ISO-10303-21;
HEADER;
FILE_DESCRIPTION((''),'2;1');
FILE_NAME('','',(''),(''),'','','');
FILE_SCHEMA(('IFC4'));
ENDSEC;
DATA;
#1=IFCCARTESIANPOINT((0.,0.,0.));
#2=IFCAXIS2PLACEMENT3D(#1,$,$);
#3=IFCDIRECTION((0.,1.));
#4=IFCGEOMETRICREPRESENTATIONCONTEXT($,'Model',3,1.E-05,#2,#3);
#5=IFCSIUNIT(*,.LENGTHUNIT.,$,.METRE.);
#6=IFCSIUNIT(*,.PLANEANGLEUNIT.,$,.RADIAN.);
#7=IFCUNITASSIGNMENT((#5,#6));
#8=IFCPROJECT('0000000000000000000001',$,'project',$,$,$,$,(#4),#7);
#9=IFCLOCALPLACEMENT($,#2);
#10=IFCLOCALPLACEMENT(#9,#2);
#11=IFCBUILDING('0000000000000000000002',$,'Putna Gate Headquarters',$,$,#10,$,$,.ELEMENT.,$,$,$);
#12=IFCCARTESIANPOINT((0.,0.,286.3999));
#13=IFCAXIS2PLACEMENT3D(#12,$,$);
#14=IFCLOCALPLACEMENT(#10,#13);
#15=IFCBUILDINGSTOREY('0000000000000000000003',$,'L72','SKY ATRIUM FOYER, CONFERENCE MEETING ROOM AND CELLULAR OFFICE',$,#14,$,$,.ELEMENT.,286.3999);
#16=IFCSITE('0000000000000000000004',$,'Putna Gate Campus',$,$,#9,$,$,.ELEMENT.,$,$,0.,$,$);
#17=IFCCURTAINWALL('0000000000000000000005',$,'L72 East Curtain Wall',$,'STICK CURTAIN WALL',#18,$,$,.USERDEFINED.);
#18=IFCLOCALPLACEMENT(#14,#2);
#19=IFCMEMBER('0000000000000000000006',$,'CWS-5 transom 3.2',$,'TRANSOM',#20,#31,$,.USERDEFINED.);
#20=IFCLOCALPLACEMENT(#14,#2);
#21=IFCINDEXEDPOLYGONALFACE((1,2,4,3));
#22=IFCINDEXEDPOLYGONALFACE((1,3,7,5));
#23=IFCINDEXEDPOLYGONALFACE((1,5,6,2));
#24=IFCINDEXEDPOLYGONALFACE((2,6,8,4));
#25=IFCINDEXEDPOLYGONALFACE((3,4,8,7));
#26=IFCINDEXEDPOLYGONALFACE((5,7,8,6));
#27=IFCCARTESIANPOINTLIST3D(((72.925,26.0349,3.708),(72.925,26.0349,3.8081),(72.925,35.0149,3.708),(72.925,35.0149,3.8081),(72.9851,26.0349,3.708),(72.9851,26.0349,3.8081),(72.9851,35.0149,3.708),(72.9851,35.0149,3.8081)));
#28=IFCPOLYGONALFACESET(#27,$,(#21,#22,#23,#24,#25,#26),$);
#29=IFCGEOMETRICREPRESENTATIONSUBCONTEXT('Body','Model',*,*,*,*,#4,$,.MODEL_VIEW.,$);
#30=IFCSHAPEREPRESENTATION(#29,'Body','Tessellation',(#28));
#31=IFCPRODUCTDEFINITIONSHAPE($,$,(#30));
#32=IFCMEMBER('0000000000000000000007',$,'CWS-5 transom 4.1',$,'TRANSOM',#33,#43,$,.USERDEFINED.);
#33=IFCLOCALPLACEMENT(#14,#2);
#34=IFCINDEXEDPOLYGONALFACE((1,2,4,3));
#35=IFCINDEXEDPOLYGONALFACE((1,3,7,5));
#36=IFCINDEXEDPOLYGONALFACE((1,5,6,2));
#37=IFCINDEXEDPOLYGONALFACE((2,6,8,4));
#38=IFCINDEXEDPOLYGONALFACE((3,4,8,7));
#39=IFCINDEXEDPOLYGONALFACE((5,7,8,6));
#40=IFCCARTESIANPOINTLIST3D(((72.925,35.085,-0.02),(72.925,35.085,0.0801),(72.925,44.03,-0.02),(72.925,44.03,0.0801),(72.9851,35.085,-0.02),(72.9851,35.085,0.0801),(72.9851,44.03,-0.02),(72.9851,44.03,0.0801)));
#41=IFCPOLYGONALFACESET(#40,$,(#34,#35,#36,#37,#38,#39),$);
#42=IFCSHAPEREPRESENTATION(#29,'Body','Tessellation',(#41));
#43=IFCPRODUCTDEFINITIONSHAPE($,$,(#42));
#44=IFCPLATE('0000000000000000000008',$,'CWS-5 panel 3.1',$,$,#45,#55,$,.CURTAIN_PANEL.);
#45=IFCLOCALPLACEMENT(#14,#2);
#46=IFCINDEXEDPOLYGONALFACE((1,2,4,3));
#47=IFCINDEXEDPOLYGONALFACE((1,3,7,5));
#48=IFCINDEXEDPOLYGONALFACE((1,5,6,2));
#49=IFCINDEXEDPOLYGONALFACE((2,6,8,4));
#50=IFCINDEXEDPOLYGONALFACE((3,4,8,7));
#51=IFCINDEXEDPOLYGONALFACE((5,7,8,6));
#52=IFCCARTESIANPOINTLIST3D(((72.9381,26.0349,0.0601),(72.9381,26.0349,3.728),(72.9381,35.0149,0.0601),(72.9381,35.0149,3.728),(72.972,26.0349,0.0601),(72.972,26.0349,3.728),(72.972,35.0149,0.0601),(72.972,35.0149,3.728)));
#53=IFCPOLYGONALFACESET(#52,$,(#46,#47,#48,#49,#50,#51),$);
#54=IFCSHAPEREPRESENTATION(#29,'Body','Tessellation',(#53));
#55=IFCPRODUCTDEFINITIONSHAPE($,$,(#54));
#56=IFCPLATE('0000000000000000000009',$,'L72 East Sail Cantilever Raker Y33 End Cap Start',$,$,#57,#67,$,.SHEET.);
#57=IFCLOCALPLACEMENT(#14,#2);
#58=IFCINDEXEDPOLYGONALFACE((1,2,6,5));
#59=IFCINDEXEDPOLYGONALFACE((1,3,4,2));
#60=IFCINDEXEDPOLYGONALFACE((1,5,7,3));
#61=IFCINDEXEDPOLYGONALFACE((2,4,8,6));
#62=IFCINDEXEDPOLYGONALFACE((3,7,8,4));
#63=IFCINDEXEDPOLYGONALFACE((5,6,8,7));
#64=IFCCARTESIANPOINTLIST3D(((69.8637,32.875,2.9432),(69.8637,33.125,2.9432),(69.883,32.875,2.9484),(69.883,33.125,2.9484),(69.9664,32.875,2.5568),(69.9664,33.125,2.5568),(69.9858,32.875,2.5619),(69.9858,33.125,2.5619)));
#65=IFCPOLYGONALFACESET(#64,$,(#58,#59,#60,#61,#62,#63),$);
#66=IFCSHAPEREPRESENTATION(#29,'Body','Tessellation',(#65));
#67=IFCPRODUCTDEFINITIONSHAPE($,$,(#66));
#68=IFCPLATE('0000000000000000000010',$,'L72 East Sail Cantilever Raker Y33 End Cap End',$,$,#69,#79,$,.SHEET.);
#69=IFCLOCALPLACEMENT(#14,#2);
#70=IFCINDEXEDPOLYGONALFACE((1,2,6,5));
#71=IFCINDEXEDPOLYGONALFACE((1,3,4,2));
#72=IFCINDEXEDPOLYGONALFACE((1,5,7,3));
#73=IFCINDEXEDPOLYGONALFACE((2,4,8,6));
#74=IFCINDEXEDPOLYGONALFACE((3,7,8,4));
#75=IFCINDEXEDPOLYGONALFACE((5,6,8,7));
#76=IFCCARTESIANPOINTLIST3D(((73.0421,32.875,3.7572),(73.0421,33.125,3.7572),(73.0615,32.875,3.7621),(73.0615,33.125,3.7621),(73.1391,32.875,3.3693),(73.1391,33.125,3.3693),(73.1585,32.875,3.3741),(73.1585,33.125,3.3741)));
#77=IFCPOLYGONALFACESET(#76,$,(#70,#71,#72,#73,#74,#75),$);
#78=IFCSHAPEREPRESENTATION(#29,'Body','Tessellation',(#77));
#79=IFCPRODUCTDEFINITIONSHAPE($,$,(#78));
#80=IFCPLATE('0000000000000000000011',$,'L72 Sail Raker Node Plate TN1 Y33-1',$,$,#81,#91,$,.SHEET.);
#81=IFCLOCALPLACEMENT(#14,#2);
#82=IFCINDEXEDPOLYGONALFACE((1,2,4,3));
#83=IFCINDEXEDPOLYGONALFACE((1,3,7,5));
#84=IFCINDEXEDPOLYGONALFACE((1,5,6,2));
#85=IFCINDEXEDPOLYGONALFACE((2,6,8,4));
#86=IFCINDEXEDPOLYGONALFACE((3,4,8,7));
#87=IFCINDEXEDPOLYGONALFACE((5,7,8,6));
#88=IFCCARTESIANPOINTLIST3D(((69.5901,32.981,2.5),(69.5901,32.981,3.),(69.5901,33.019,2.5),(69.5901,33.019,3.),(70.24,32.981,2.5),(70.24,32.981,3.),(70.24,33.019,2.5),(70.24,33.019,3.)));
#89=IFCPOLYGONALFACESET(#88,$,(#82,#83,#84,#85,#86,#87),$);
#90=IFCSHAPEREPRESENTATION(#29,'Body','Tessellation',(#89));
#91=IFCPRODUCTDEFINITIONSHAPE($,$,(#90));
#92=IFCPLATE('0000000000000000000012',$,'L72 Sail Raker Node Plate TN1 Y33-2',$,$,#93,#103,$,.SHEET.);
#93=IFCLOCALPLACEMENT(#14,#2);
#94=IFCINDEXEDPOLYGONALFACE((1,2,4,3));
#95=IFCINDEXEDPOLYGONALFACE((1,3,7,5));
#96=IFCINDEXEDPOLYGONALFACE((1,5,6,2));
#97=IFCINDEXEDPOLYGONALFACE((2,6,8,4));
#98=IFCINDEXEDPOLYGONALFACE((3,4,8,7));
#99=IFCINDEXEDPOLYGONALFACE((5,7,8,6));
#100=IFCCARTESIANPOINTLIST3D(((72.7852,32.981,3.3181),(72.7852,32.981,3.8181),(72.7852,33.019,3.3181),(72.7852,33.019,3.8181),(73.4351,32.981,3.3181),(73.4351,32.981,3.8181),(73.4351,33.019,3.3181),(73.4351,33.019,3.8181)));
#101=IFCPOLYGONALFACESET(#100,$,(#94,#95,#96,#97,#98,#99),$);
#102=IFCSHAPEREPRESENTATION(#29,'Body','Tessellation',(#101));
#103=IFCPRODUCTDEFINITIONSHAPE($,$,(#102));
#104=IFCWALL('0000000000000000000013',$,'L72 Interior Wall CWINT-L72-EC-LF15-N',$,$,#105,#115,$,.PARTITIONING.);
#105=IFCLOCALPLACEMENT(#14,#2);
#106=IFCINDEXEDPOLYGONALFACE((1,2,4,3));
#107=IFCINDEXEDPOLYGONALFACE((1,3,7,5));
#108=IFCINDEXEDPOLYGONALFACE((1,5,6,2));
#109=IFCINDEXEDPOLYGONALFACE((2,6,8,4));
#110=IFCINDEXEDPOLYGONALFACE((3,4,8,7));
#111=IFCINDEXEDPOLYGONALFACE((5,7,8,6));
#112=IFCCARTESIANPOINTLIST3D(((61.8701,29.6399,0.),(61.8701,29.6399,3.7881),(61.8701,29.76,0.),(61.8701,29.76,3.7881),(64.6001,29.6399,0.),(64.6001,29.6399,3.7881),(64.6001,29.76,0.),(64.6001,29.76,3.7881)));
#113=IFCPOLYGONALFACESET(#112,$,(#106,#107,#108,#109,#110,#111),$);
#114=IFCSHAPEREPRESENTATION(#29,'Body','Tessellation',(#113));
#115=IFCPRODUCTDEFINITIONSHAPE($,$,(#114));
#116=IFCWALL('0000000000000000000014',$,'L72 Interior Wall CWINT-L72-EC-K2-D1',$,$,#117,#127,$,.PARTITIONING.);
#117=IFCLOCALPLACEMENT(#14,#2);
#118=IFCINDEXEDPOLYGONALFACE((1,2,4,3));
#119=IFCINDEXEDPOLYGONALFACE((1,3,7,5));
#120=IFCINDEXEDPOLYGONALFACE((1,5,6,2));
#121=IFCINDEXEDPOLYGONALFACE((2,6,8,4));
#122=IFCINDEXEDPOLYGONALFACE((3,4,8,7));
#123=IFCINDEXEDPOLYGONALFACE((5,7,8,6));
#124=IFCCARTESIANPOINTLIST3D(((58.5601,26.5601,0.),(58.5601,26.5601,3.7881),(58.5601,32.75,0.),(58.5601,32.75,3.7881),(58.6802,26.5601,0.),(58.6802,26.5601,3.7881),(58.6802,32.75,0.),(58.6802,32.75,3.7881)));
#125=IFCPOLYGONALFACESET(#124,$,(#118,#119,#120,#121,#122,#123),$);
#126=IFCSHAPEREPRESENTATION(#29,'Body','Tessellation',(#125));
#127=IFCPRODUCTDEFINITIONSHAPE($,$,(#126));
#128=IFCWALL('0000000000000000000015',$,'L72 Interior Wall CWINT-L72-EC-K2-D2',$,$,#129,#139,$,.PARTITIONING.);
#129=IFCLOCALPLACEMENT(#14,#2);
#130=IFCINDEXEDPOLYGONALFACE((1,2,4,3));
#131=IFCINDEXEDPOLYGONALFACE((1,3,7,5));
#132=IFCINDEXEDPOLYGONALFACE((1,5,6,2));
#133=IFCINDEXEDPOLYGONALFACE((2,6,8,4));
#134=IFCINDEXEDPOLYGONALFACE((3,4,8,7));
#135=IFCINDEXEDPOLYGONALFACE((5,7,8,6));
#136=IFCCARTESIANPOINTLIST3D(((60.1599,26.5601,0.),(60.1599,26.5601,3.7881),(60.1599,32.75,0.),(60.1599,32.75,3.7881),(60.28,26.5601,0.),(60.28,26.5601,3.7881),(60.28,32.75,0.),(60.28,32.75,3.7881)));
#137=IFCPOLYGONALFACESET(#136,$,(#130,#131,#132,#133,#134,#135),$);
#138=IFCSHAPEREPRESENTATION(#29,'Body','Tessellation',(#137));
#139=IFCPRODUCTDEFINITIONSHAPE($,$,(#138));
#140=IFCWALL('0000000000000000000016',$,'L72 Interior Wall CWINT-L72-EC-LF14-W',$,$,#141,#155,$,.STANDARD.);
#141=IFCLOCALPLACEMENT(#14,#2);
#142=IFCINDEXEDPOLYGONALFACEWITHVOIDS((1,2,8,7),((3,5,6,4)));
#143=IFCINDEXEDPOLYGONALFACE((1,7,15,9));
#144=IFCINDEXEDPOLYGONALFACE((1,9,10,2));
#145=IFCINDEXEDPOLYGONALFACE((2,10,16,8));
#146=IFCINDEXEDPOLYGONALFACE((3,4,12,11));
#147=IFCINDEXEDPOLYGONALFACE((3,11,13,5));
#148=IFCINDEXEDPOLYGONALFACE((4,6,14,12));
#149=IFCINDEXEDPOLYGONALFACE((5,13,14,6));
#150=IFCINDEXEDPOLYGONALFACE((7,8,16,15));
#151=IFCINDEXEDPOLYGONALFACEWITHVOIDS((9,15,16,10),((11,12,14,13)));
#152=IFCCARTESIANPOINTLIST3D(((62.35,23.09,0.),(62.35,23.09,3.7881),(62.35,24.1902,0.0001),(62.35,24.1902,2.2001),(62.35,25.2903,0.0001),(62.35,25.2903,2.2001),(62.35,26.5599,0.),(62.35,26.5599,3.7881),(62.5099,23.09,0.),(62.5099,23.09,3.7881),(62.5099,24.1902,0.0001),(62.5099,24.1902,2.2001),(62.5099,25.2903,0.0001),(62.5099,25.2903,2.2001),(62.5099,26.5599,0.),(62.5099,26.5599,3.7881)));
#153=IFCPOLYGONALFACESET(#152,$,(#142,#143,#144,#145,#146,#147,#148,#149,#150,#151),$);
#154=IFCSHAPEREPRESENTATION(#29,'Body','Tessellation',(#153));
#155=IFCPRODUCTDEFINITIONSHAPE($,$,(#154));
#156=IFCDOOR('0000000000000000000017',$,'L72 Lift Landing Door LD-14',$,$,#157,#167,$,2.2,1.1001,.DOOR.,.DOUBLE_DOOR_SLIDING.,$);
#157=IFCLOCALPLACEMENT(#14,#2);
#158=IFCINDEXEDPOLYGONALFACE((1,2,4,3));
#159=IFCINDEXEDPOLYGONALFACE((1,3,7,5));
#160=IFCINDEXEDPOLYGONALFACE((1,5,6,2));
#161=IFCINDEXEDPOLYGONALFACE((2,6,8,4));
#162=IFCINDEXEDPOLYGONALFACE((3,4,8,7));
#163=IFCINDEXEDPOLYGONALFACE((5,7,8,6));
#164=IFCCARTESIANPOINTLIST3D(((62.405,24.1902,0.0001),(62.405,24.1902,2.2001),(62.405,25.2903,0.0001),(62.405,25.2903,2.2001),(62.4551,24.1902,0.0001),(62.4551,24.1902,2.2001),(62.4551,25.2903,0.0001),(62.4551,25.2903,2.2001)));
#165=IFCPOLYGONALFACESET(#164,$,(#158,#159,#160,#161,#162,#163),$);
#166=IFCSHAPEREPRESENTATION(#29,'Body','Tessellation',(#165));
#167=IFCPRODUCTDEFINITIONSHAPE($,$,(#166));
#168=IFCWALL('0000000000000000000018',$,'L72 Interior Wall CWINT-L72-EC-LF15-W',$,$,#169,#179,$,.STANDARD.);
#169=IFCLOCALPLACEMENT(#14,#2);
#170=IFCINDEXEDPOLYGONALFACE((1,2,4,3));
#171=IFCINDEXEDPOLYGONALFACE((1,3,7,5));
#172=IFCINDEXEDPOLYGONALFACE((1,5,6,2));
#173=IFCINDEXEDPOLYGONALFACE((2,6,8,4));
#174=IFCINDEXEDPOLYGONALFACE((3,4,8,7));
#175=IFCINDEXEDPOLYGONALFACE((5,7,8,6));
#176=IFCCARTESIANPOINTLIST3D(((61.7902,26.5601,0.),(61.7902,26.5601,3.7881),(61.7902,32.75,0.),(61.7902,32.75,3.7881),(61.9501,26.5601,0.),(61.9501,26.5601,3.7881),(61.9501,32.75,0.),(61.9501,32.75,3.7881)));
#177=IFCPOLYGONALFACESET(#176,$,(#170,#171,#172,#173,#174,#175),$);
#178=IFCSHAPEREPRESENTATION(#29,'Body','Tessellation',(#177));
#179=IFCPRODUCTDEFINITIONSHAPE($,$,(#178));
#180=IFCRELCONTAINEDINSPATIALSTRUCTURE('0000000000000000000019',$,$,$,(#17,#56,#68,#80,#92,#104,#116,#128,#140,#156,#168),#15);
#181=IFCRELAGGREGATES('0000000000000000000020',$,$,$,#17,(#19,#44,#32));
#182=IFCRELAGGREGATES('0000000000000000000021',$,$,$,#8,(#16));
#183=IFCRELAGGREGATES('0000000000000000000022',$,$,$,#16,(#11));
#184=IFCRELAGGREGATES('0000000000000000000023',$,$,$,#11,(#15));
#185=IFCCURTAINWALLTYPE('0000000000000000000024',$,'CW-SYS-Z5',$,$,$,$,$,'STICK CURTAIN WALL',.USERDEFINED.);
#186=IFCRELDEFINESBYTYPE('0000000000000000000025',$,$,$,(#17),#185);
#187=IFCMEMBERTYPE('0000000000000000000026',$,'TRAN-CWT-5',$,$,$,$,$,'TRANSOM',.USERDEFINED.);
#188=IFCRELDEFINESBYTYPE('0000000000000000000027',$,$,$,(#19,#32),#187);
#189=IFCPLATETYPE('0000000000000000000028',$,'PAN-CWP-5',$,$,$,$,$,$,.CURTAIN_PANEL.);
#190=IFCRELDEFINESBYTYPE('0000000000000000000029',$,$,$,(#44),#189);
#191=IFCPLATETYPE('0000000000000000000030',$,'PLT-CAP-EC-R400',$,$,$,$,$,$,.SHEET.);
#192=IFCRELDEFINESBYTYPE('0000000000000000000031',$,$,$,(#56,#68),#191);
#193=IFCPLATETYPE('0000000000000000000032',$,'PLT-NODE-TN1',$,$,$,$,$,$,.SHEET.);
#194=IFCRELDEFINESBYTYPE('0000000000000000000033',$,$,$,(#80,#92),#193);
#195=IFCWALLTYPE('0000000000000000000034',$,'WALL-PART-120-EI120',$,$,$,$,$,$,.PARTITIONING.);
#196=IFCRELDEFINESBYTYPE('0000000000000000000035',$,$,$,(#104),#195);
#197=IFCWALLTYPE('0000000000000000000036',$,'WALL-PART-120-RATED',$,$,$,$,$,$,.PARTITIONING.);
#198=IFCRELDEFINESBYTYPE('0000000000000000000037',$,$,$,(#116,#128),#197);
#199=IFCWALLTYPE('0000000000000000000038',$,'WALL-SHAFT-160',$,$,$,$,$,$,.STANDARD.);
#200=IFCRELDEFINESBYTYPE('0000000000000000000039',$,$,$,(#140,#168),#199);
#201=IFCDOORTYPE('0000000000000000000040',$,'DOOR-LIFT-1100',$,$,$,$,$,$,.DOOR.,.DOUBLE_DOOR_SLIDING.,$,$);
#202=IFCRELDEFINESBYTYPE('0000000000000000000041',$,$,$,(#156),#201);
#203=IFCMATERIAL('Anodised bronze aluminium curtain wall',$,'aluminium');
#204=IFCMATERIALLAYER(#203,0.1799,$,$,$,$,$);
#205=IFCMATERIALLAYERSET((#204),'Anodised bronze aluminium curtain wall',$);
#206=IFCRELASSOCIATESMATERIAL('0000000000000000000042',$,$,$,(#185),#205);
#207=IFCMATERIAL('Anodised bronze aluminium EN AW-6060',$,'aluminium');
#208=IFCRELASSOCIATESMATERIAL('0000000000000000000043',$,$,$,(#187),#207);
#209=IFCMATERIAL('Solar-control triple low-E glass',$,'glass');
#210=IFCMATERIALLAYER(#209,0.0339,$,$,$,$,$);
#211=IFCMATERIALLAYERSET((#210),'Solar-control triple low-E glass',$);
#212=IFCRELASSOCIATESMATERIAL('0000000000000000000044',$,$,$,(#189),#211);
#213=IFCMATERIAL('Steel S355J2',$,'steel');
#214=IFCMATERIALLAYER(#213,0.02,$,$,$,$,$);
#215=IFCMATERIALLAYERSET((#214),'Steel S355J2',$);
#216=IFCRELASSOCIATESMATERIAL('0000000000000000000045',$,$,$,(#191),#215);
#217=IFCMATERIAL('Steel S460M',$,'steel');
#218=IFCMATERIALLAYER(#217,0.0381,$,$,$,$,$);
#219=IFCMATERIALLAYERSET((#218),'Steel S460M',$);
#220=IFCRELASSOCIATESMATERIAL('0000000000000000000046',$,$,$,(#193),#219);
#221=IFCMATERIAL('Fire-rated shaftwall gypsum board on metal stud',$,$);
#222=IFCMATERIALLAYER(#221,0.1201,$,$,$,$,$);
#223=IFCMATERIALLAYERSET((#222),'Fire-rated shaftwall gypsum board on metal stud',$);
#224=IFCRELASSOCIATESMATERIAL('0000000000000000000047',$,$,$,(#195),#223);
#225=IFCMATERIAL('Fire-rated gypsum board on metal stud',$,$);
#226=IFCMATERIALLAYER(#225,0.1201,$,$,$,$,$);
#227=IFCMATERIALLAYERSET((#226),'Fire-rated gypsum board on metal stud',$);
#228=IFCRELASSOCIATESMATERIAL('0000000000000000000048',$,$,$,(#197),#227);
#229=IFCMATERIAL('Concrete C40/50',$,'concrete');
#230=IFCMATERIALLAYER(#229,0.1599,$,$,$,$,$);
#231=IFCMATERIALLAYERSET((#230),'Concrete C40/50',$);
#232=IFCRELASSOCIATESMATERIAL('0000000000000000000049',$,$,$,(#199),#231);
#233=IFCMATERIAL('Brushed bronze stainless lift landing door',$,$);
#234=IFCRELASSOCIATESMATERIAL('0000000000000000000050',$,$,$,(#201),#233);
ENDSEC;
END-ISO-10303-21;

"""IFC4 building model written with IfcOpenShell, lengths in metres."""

from ifc_helpers import new_model, si_unit, direction, frame, frame_2d, origin, origin_2d, place, context, subcontext, project, spatial, rectangle, extrude, material, layer, layer_set, material_profile, profile_set, type_object, element, fill, aggregate, save


model = new_model("IFC4")

# Units and contexts
model_context = context("Model", 3, precision=1e-05, world=origin(), true_north=direction((0.0, 1.0)))
body_context = subcontext(model_context, "Body", "Model", "MODEL_VIEW")
ifc_project = project(units=[si_unit("LENGTHUNIT", "METRE"), si_unit("PLANEANGLEUNIT", "RADIAN")], contexts=[model_context])

# Site, building, storey
site_placement = place(None, origin())
site = spatial("IfcSite", under=ifc_project, at=site_placement, Name="Putna Gate Campus", CompositionType="ELEMENT", RefElevation=0.0)
building_placement = place(site_placement, origin())
building = spatial("IfcBuilding", under=site, at=building_placement, Name="Putna Gate Headquarters", CompositionType="ELEMENT")
storey_placement = place(building_placement, frame((0.0, 0.0, 286.3999)))
storey = spatial("IfcBuildingStorey", under=building, at=storey_placement, Name="L72", Description="SKY ATRIUM FOYER, CONFERENCE MEETING ROOM AND CELLULAR OFFICE", CompositionType="ELEMENT", Elevation=286.3999)

# Shared definitions
ifc_material_1 = material(Name="Steel S460M", Category="steel")

# Shared definitions
ifc_material_2 = material(Name="Steel S355J2", Category="steel")

# Curtain wall, members, plate
ifc_material_3 = material(Name="Anodised bronze aluminium curtain wall", Category="aluminium")
ifc_layer_1 = layer(ifc_material_3, 0.1799)
ifc_layer_set_1 = layer_set([ifc_layer_1], Name="Anodised bronze aluminium curtain wall")
curtain_wall_type = type_object("IfcCurtainWallType", Name="CW-SYS-Z5", ElementType="STICK CURTAIN WALL", PredefinedType="USERDEFINED", material=ifc_layer_set_1)
curtain_wall_placement = place(storey_placement, origin())
curtain_wall = element("IfcCurtainWall", 1, at=curtain_wall_placement, inside=storey, type_object=curtain_wall_type, Name="L72 East Curtain Wall", ObjectType="STICK CURTAIN WALL", PredefinedType="USERDEFINED")
ifc_material_4 = material(Name="Anodised bronze aluminium EN AW-6060", Category="aluminium")
ifc_material_profile_1 = material_profile(ifc_material_4, rectangle(XDim=0.0601, YDim=0.1001, at=origin_2d()), Name="Anodised bronze aluminium EN AW-6060")
ifc_profile_set_1 = profile_set([ifc_material_profile_1], Name="Anodised bronze aluminium EN AW-6060")
member_type_1 = type_object("IfcMemberType", Name="TRAN-CWT-5", ElementType="TRANSOM", PredefinedType="USERDEFINED", material=ifc_profile_set_1)
member_1_placement = place(storey_placement, frame((72.9551, 26.0349, 3.7581), z_axis=(0.0, 1.0, 0.0), x_axis=(-1.0, 0.0, 0.0)))
member_1 = element("IfcMember", 2, at=member_1_placement, type_object=member_type_1, Name="CWS-5 transom 3.2", ObjectType="TRANSOM", PredefinedType="USERDEFINED", context=body_context, shape_type="SweptSolid", body=[
    extrude(rectangle(XDim=0.0601, YDim=0.1001, at=origin_2d()), origin(), (0.0, 0.0, 1.0), 8.98),
])
member_2_placement = place(storey_placement, frame((72.9551, 35.085, 0.03), z_axis=(0.0, 1.0, 0.0), x_axis=(-1.0, 0.0, 0.0)))
member_2 = element("IfcMember", 3, at=member_2_placement, type_object=member_type_1, Name="CWS-5 transom 4.1", ObjectType="TRANSOM", PredefinedType="USERDEFINED", context=body_context, shape_type="SweptSolid", body=[
    extrude(rectangle(XDim=0.0601, YDim=0.1001, at=origin_2d()), origin(), (0.0, 0.0, 1.0), 8.9451),
])
ifc_material_5 = material(Name="Solar-control triple low-E glass", Category="glass")
ifc_layer_2 = layer(ifc_material_5, 0.0339)
ifc_layer_set_2 = layer_set([ifc_layer_2], Name="Solar-control triple low-E glass")
plate_type_1 = type_object("IfcPlateType", Name="PAN-CWP-5", PredefinedType="CURTAIN_PANEL", material=ifc_layer_set_2)
plate_placement = place(storey_placement, frame((72.9551, 30.5249, 0.0601), z_axis=(0.0, 0.0, 1.0), x_axis=(0.0, 1.0, 0.0)))
plate = element("IfcPlate", 4, at=plate_placement, type_object=plate_type_1, Name="CWS-5 panel 3.1", PredefinedType="CURTAIN_PANEL", context=body_context, shape_type="SweptSolid", body=[
    extrude(rectangle(XDim=8.98, YDim=0.0339, at=origin_2d()), origin(), (0.0, 0.0, 1.0), 3.668),
])
aggregate(curtain_wall, [member_1, plate, member_2])

# Plates
ifc_layer_3 = layer(ifc_material_2, 0.02)
ifc_layer_set_3 = layer_set([ifc_layer_3], Name="Steel S355J2")
plate_type_2 = type_object("IfcPlateType", Name="PLT-CAP-EC-R400", PredefinedType="SHEET", material=ifc_layer_set_3)
for number, where, z_axis, x_axis, name in (
    (5, (69.915, 33.0, 2.75), (0.966438, 0.0, 0.256901), (0.0, 1.0, 0.0), "L72 East Sail Cantilever Raker Y33 End Cap Start"),
    (6, (73.0906, 33.0, 3.5632), (0.970143, 0.0, 0.242536), (0.0, 1.0, 0.0), "L72 East Sail Cantilever Raker Y33 End Cap End"),
):
    element("IfcPlate", number, at=place(storey_placement, frame(where, z_axis=z_axis, x_axis=x_axis)), inside=storey, type_object=plate_type_2, Name=name, PredefinedType="SHEET", context=body_context, shape_type="SweptSolid", body=[
        extrude(rectangle(XDim=0.25, YDim=0.3999, at=origin_2d()), origin(), (0.0, 0.0, 1.0), 0.02),
    ])
ifc_layer_4 = layer(ifc_material_1, 0.0381)
ifc_layer_set_4 = layer_set([ifc_layer_4], Name="Steel S460M")
plate_type_3 = type_object("IfcPlateType", Name="PLT-NODE-TN1", PredefinedType="SHEET", material=ifc_layer_set_4)
for number, where, z_axis, x_axis, name in (
    (7, (69.915, 33.0, 2.5), (0.0, 0.0, 1.0), (1.0, 0.0, 0.0), "L72 Sail Raker Node Plate TN1 Y33-1"),
    (8, (73.1101, 33.0, 3.3181), (0.0, 0.0, 1.0), (1.0, 0.0, 0.0), "L72 Sail Raker Node Plate TN1 Y33-2"),
):
    element("IfcPlate", number, at=place(storey_placement, frame(where, z_axis=z_axis, x_axis=x_axis)), inside=storey, type_object=plate_type_3, Name=name, PredefinedType="SHEET", context=body_context, shape_type="SweptSolid", body=[
        extrude(rectangle(XDim=0.6499, YDim=0.0381, at=origin_2d()), origin(), (0.0, 0.0, 1.0), 0.5),
    ])

# Walls
ifc_material_6 = material(Name="Fire-rated shaftwall gypsum board on metal stud")
ifc_layer_5 = layer(ifc_material_6, 0.1201)
ifc_layer_set_5 = layer_set([ifc_layer_5], Name="Fire-rated shaftwall gypsum board on metal stud")
wall_type_1 = type_object("IfcWallType", Name="WALL-PART-120-EI120", PredefinedType="PARTITIONING", material=ifc_layer_set_5)
wall_1_placement = place(storey_placement, frame((61.8701, 29.7, 0.0), z_axis=(0.0, 0.0, 1.0), x_axis=(1.0, 0.0, 0.0)))
element("IfcWall", 9, at=wall_1_placement, inside=storey, type_object=wall_type_1, Name="L72 Interior Wall CWINT-L72-EC-LF15-N", PredefinedType="PARTITIONING", context=body_context, shape_type="SweptSolid", body=[
    extrude(rectangle(XDim=2.73, YDim=0.1201, at=frame_2d((1.365, 0.0))), origin(), (0.0, 0.0, 1.0), 3.7881),
])
ifc_material_7 = material(Name="Fire-rated gypsum board on metal stud")
ifc_layer_6 = layer(ifc_material_7, 0.1201)
ifc_layer_set_6 = layer_set([ifc_layer_6], Name="Fire-rated gypsum board on metal stud")
wall_type_2 = type_object("IfcWallType", Name="WALL-PART-120-RATED", PredefinedType="PARTITIONING", material=ifc_layer_set_6)
for number, where, z_axis, x_axis, name in (
    (10, (58.6201, 26.5601, 0.0), (0.0, 0.0, 1.0), (0.0, 1.0, 0.0), "L72 Interior Wall CWINT-L72-EC-K2-D1"),
    (11, (60.22, 26.5601, 0.0), (0.0, 0.0, 1.0), (0.0, 1.0, 0.0), "L72 Interior Wall CWINT-L72-EC-K2-D2"),
):
    element("IfcWall", number, at=place(storey_placement, frame(where, z_axis=z_axis, x_axis=x_axis)), inside=storey, type_object=wall_type_2, Name=name, PredefinedType="PARTITIONING", context=body_context, shape_type="SweptSolid", body=[
        extrude(rectangle(XDim=6.1899, YDim=0.1201, at=frame_2d((3.095, 0.0))), origin(), (0.0, 0.0, 1.0), 3.7881),
    ])

# Wall, opening, door
ifc_material_8 = material(Name="Concrete C40/50", Category="concrete")
ifc_layer_7 = layer(ifc_material_8, 0.1599)
ifc_layer_set_7 = layer_set([ifc_layer_7], Name="Concrete C40/50")
wall_type_3 = type_object("IfcWallType", Name="WALL-SHAFT-160", PredefinedType="STANDARD", material=ifc_layer_set_7)
wall_2_placement = place(storey_placement, frame((62.4299, 23.0901, 0.0), z_axis=(0.0, 0.0, 1.0), x_axis=(0.0, 1.0, 0.0)))
wall_2 = element("IfcWall", 12, at=wall_2_placement, inside=storey, type_object=wall_type_3, Name="L72 Interior Wall CWINT-L72-EC-LF14-W", PredefinedType="STANDARD", context=body_context, shape_type="SweptSolid", body=[
    extrude(rectangle(XDim=3.47, YDim=0.1599, at=frame_2d((1.7349, 0.0))), origin(), (0.0, 0.0, 1.0), 3.7881),
])
opening_placement = place(wall_2_placement, frame((1.1001, 0.0, 0.0)))
opening = element("IfcOpeningElement", 13, at=opening_placement, cuts=wall_2, PredefinedType="OPENING", context=body_context, shape_type="SweptSolid", body=[
    extrude(rectangle(XDim=1.1001, YDim=2.2, at=frame_2d((0.55, 1.1001))), frame((0.0, 0.0898, 0.0), z_axis=(0.0, -1.0, 0.0), x_axis=(1.0, 0.0, 0.0)), (0.0, 0.0, 1.0), 0.1799),
])
ifc_material_9 = material(Name="Brushed bronze stainless lift landing door")
door_type = type_object("IfcDoorType", Name="DOOR-LIFT-1100", OperationType="DOUBLE_DOOR_SLIDING", PredefinedType="DOOR", material=ifc_material_9)
door_placement = place(opening_placement, origin())
door = element("IfcDoor", 14, at=door_placement, inside=storey, type_object=door_type, Name="L72 Lift Landing Door LD-14", OperationType="DOUBLE_DOOR_SLIDING", OverallHeight=2.2, OverallWidth=1.1001, PredefinedType="DOOR", context=body_context, shape_type="SweptSolid", body=[
    extrude(rectangle(XDim=1.1001, YDim=2.2, at=frame_2d((0.55, 1.1001))), frame((0.0, 0.0249, 0.0), z_axis=(0.0, -1.0, 0.0), x_axis=(1.0, 0.0, 0.0)), (0.0, 0.0, 1.0), 0.05),
])
fill(opening, door)

# Wall
wall_3_placement = place(storey_placement, frame((61.8701, 26.5601, 0.0), z_axis=(0.0, 0.0, 1.0), x_axis=(0.0, 1.0, 0.0)))
element("IfcWall", 15, at=wall_3_placement, inside=storey, type_object=wall_type_3, Name="L72 Interior Wall CWINT-L72-EC-LF15-W", PredefinedType="STANDARD", context=body_context, shape_type="SweptSolid", body=[
    extrude(rectangle(XDim=6.1899, YDim=0.1599, at=frame_2d((3.095, 0.0))), origin(), (0.0, 0.0, 1.0), 3.7881),
])

save(model, "model.ifc")
